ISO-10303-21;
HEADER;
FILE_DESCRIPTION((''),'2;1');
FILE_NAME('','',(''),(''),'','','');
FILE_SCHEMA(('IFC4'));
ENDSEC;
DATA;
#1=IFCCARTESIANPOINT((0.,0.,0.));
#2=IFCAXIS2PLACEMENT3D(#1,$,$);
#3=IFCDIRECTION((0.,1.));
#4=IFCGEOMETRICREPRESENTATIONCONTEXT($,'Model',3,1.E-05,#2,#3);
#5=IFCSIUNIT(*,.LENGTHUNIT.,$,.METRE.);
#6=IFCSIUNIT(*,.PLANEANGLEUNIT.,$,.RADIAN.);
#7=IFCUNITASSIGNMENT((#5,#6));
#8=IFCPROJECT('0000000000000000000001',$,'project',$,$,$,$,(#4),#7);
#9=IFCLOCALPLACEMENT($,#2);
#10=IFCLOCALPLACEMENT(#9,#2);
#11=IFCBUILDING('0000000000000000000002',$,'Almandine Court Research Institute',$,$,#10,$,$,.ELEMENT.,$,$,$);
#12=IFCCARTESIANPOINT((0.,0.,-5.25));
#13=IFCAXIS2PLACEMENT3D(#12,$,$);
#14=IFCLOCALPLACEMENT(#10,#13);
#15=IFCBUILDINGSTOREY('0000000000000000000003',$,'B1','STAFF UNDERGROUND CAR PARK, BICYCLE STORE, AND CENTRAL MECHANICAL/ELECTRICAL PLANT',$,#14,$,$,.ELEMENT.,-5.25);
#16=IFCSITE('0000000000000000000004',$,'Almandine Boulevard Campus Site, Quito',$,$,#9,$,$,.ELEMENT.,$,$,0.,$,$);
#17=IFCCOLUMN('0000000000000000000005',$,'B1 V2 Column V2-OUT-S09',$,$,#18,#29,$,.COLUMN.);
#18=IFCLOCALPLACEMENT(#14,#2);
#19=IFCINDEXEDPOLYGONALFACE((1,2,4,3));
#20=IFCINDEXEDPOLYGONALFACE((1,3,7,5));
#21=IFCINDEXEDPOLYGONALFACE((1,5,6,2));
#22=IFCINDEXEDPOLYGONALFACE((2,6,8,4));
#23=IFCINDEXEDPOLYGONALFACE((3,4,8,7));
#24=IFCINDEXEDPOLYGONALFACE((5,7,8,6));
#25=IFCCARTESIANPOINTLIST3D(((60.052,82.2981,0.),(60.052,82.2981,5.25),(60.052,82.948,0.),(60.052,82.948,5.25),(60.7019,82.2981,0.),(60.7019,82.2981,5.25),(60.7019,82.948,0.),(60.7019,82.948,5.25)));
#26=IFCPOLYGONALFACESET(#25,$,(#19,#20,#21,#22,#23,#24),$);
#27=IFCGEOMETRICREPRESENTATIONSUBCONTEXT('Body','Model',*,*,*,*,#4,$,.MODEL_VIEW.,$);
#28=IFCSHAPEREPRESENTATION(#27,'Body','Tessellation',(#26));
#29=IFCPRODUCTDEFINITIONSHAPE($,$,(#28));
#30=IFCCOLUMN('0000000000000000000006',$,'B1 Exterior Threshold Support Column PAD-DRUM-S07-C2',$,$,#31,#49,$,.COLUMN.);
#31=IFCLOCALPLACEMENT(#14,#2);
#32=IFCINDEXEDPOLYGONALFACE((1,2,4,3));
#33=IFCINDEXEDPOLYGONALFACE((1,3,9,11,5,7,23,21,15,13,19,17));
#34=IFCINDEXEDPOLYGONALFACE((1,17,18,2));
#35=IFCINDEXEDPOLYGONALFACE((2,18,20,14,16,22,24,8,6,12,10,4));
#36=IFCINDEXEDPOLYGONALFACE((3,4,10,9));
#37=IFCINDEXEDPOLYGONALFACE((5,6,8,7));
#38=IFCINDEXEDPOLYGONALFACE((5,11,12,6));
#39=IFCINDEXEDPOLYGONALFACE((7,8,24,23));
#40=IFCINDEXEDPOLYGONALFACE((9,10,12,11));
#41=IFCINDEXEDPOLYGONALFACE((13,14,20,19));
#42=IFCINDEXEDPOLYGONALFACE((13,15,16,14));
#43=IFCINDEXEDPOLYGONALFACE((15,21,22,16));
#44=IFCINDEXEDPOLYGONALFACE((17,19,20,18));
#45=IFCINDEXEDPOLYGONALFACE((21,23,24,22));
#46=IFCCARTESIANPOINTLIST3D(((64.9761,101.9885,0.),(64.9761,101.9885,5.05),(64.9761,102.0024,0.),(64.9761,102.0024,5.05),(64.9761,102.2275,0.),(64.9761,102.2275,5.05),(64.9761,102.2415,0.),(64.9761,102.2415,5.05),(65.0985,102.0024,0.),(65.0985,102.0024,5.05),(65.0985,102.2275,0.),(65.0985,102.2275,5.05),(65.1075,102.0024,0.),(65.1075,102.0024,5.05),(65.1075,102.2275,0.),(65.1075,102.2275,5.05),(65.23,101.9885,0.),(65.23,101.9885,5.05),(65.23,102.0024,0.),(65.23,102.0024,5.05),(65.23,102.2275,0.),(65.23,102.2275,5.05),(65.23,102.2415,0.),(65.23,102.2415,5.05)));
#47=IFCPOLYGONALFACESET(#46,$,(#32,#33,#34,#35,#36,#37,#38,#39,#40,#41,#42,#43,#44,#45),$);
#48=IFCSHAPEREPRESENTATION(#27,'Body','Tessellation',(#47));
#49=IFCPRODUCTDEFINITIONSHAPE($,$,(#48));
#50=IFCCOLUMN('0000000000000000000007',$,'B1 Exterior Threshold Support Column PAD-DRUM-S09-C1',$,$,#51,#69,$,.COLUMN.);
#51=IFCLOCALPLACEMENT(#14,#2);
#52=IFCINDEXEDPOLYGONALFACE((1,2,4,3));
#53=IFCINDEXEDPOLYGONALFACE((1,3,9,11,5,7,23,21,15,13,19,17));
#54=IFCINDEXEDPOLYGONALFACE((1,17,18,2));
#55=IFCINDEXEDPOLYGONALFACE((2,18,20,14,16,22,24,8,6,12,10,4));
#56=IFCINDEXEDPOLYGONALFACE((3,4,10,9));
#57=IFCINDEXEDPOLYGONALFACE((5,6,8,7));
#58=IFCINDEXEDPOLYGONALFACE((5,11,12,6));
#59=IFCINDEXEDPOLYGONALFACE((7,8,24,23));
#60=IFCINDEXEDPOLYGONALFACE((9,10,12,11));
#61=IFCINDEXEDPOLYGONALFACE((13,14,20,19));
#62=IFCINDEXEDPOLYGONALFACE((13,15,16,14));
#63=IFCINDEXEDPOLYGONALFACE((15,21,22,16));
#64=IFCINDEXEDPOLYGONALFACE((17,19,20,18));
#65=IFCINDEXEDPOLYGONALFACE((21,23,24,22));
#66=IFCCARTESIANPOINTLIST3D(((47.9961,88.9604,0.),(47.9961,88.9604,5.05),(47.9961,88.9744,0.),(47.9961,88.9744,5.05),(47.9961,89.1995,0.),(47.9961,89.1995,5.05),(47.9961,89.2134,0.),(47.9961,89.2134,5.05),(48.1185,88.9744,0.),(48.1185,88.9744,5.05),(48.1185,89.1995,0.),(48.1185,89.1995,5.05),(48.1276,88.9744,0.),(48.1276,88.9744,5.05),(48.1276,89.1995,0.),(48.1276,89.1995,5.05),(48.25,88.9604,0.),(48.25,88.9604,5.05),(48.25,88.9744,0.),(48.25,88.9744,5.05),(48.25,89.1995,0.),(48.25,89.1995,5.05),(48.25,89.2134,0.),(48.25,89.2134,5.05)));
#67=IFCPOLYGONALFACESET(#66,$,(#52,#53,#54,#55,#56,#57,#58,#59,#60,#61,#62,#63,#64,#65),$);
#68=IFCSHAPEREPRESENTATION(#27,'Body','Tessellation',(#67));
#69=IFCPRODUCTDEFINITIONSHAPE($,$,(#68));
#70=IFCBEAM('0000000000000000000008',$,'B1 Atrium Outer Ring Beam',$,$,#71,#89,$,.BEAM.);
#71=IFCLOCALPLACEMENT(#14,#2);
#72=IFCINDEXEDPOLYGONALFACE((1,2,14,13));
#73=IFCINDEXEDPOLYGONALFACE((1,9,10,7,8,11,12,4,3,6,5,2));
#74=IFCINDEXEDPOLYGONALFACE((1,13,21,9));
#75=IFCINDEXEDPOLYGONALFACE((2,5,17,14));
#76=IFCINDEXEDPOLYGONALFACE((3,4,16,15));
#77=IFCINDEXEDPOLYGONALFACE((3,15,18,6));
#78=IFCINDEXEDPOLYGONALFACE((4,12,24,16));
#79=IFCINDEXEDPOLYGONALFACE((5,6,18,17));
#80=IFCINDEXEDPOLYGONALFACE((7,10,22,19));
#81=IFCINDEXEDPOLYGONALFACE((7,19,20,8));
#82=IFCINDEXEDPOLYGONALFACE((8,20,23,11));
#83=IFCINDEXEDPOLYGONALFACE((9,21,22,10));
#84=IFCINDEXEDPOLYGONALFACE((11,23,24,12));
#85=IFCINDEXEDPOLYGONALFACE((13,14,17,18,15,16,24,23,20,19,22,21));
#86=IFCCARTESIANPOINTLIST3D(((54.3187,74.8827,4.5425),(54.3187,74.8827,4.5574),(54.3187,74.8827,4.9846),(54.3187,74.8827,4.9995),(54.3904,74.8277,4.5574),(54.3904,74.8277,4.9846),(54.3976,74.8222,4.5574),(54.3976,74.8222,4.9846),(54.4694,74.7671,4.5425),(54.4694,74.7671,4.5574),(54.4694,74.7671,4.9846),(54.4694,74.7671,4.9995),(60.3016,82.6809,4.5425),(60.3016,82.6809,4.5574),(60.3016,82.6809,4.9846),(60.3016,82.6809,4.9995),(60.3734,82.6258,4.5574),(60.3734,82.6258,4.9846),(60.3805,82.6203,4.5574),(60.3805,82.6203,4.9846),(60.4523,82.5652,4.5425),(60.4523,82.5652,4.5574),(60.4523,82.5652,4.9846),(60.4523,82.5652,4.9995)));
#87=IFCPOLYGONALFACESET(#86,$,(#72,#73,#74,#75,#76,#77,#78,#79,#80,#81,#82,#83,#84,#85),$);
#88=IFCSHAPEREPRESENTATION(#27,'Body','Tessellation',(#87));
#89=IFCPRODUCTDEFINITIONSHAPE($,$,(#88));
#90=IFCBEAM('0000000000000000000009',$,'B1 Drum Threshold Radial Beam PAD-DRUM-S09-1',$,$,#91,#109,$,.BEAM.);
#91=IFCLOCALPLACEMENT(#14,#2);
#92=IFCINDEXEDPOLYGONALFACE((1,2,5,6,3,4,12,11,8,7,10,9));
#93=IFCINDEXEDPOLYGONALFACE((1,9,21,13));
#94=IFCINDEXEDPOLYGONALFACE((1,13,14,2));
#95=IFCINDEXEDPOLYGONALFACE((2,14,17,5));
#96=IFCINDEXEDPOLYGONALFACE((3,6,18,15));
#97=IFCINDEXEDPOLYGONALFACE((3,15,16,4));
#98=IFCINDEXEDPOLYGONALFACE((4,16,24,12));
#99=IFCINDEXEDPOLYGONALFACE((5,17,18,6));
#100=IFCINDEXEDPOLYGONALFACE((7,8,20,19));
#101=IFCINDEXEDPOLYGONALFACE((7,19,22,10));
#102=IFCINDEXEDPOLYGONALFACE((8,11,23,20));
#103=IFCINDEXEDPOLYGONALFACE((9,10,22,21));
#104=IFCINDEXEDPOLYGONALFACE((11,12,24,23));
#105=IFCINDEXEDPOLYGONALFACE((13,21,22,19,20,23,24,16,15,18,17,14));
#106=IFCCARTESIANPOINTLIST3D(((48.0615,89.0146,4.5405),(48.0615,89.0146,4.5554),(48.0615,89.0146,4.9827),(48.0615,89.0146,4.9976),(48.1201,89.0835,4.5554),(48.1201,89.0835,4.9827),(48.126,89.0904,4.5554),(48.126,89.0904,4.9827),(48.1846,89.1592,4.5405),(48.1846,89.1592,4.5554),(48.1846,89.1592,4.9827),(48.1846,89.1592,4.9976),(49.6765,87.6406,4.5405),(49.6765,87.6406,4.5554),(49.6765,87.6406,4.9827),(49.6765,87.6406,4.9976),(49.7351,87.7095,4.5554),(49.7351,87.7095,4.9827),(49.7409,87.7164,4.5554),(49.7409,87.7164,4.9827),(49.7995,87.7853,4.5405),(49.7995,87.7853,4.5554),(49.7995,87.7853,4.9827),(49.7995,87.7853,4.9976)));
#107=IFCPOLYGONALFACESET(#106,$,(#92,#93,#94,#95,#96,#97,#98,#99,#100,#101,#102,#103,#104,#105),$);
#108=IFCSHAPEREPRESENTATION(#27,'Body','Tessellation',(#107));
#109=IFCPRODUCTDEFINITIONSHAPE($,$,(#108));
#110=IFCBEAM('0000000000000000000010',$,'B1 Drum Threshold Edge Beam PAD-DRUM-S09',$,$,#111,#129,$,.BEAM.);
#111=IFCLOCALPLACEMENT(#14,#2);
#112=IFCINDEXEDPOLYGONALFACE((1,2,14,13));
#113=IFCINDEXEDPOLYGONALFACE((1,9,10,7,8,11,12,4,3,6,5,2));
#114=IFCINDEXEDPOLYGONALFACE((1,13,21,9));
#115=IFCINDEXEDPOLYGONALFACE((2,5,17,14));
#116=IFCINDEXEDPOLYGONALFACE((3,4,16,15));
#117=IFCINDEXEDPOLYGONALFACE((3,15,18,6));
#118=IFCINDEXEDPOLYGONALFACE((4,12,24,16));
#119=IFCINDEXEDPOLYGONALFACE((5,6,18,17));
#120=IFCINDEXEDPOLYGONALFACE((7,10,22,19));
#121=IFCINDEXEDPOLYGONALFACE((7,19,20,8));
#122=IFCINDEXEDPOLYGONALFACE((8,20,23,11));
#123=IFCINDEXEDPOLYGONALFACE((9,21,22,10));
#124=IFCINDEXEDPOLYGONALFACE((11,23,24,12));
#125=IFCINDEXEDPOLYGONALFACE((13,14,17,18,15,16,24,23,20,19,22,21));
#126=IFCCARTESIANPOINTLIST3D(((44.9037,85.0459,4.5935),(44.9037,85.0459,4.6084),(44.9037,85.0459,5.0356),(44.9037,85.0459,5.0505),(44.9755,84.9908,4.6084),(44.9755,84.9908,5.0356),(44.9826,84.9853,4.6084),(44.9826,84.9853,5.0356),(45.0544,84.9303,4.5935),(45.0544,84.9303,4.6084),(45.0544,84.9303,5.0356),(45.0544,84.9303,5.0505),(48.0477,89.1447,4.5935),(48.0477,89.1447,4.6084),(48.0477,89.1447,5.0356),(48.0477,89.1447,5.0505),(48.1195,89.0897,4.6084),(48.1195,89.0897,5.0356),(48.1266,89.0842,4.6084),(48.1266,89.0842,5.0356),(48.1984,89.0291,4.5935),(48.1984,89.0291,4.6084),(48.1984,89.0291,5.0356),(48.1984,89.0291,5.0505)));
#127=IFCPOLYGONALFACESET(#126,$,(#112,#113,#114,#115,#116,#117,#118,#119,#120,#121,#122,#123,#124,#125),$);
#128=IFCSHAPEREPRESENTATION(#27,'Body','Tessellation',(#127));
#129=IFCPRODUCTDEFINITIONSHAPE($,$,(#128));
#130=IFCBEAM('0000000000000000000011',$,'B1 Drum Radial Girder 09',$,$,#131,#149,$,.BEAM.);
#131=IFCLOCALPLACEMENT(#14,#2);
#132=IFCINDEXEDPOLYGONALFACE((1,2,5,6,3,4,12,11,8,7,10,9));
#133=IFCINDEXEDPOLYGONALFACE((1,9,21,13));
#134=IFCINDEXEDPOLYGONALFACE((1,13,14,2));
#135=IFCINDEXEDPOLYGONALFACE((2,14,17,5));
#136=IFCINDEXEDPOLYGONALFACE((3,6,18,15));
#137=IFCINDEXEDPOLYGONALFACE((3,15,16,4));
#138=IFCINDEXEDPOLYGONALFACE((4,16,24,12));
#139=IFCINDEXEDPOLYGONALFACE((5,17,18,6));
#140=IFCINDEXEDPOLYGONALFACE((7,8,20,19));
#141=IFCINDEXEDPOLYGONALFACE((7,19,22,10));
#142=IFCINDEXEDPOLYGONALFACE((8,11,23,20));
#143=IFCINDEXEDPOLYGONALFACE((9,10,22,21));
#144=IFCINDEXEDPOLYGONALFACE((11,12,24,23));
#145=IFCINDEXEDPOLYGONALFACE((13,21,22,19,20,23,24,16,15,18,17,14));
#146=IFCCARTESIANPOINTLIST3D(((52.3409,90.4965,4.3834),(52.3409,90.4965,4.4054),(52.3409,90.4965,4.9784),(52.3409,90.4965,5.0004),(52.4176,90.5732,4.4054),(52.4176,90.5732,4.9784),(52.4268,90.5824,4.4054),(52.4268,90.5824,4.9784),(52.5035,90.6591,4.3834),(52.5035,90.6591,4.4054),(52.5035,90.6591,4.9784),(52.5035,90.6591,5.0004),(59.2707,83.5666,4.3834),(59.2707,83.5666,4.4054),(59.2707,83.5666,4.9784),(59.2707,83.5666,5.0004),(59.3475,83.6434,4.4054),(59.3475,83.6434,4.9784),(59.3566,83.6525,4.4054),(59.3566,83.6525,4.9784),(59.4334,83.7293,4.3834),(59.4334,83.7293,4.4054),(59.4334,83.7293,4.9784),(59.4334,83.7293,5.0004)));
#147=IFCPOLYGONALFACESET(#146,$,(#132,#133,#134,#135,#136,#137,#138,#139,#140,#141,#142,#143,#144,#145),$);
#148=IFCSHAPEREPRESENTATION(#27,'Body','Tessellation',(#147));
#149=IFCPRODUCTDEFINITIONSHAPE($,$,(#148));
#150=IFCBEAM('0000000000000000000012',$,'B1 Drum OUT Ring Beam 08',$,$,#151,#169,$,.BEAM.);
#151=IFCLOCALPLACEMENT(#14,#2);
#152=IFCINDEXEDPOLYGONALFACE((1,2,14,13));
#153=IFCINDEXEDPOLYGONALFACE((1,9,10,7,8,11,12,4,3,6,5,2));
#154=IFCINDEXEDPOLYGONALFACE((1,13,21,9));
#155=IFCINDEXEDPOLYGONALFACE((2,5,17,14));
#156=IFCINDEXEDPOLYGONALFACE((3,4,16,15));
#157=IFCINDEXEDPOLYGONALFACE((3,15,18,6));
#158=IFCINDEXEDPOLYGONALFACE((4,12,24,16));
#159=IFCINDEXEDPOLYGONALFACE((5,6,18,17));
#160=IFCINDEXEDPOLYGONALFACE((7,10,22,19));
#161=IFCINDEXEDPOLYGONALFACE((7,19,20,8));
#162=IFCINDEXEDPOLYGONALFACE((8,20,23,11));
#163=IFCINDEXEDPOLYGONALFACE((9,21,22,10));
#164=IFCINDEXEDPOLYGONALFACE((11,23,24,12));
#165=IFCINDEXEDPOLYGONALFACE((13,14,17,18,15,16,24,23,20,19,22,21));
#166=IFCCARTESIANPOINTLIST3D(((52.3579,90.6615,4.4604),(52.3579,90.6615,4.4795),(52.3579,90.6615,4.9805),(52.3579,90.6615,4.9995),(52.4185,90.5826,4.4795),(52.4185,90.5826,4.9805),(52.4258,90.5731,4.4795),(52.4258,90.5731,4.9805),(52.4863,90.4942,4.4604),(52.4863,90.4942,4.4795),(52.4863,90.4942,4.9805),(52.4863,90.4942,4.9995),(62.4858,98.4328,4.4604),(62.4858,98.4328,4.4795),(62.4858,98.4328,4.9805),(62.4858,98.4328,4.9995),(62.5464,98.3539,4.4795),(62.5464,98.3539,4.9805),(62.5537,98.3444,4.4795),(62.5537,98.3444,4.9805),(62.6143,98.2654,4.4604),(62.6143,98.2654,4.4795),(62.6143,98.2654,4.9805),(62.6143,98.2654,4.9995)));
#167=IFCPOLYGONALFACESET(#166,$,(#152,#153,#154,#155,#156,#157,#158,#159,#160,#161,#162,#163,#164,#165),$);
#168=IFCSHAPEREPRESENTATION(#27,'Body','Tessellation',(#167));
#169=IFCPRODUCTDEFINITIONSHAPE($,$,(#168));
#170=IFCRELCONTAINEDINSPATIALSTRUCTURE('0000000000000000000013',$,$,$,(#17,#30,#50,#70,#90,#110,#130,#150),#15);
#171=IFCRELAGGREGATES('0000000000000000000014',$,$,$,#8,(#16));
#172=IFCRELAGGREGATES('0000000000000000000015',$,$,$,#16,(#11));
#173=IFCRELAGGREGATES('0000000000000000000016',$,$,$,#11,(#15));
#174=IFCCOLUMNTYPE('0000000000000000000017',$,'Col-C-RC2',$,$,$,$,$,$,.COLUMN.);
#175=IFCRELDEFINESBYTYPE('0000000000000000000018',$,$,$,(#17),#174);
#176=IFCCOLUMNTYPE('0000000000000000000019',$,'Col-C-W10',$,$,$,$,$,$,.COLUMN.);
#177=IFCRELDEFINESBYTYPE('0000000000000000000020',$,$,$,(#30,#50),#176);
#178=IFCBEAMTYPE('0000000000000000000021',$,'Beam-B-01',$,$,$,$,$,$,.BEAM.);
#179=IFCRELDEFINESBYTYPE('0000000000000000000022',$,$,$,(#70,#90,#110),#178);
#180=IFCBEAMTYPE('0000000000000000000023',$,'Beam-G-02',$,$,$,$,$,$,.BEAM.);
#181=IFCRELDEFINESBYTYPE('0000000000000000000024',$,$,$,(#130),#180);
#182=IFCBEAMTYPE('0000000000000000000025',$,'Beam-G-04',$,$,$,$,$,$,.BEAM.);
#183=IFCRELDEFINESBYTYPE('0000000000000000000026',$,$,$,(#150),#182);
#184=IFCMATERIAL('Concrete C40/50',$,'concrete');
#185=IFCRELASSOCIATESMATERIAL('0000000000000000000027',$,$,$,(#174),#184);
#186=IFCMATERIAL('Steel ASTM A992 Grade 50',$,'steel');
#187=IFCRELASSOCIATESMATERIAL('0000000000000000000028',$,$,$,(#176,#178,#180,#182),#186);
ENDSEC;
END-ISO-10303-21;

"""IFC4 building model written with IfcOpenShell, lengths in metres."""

from ifc_helpers import new_model, si_unit, direction, frame, origin, origin_2d, place, context, subcontext, project, spatial, rectangle, i_section, extrude, material, material_profile, profile_set, type_object, element, save


model = new_model("IFC4")

# Units and contexts
model_context = context("Model", 3, precision=1e-05, world=origin(), true_north=direction((0.0, 1.0)))
body_context = subcontext(model_context, "Body", "Model", "MODEL_VIEW")
ifc_project = project(units=[si_unit("LENGTHUNIT", "METRE"), si_unit("PLANEANGLEUNIT", "RADIAN")], contexts=[model_context])

# Site, building, storey
site_placement = place(None, origin())
site = spatial("IfcSite", under=ifc_project, at=site_placement, Name="Almandine Boulevard Campus Site, Quito", CompositionType="ELEMENT", RefElevation=0.0)
building_placement = place(site_placement, origin())
building = spatial("IfcBuilding", under=site, at=building_placement, Name="Almandine Court Research Institute", CompositionType="ELEMENT")
storey_placement = place(building_placement, frame((0.0, 0.0, -5.25)))
storey = spatial("IfcBuildingStorey", under=building, at=storey_placement, Name="B1", Description="STAFF UNDERGROUND CAR PARK, BICYCLE STORE, AND CENTRAL MECHANICAL/ELECTRICAL PLANT", CompositionType="ELEMENT", Elevation=-5.25)

# Columns
ifc_material_1 = material(Name="Concrete C40/50", Category="concrete")
ifc_material_profile_1 = material_profile(ifc_material_1, rectangle(XDim=0.6499, YDim=0.6499, at=origin_2d()), Name="RC 650x650")
ifc_profile_set_1 = profile_set([ifc_material_profile_1], Name="Concrete C40/50")
column_type_1 = type_object("IfcColumnType", Name="Col-C-RC2", PredefinedType="COLUMN", material=ifc_profile_set_1)
for number, where, z_axis, x_axis, name in (
    (1, (60.377, 82.623, 0.0), (0.0, 0.0, 1.0), (1.0, 0.0, 0.0), "B1 V2 Column V2-OUT-S09"),
):
    element("IfcColumn", number, at=place(storey_placement, frame(where, z_axis=z_axis, x_axis=x_axis)), inside=storey, type_object=column_type_1, Name=name, PredefinedType="COLUMN", context=body_context, shape_type="SweptSolid", body=[
        extrude(rectangle(XDim=0.6499, YDim=0.6499, at=origin_2d()), origin(), (0.0, 0.0, 1.0), 5.25),
    ])
ifc_material_2 = material(Name="Steel ASTM A992 Grade 50", Category="steel")
ifc_material_profile_2 = material_profile(ifc_material_2, i_section(OverallWidth=0.2539, OverallDepth=0.2529, WebThickness=0.009, FlangeThickness=0.0139, at=origin_2d()), Name="W250x73")
ifc_profile_set_2 = profile_set([ifc_material_profile_2], Name="Steel ASTM A992 Grade 50")
column_type_2 = type_object("IfcColumnType", Name="Col-C-W10", PredefinedType="COLUMN", material=ifc_profile_set_2)
for number, where, z_axis, x_axis, name in (
    (2, (65.103, 102.115, 0.0), (0.0, 0.0, 1.0), (1.0, 0.0, 0.0), "B1 Exterior Threshold Support Column PAD-DRUM-S07-C2"),
    (3, (48.123, 89.0869, 0.0), (0.0, 0.0, 1.0), (1.0, 0.0, 0.0), "B1 Exterior Threshold Support Column PAD-DRUM-S09-C1"),
):
    element("IfcColumn", number, at=place(storey_placement, frame(where, z_axis=z_axis, x_axis=x_axis)), inside=storey, type_object=column_type_2, Name=name, PredefinedType="COLUMN", context=body_context, shape_type="SweptSolid", body=[
        extrude(i_section(OverallWidth=0.2539, OverallDepth=0.2529, WebThickness=0.009, FlangeThickness=0.0139, at=origin_2d()), origin(), (0.0, 0.0, 1.0), 5.05),
    ])

# Beams
ifc_material_profile_3 = material_profile(ifc_material_2, i_section(OverallWidth=0.1899, OverallDepth=0.457, WebThickness=0.009, FlangeThickness=0.0149, at=origin_2d()), Name="W460x74")
ifc_profile_set_3 = profile_set([ifc_material_profile_3], Name="Steel ASTM A992 Grade 50")
beam_type_1 = type_object("IfcBeamType", Name="Beam-B-01", PredefinedType="BEAM", material=ifc_profile_set_3)
beam_1_placement = place(storey_placement, frame((60.377, 82.623, 4.771), z_axis=(-0.608712, -0.793392, 0.0), x_axis=(0.793392, -0.608712, 0.0)))
element("IfcBeam", 4, at=beam_1_placement, inside=storey, type_object=beam_type_1, Name="B1 Atrium Outer Ring Beam", PredefinedType="BEAM", context=body_context, shape_type="SweptSolid", body=[
    extrude(i_section(OverallWidth=0.1899, OverallDepth=0.457, WebThickness=0.009, FlangeThickness=0.0149, at=origin_2d()), origin(), (0.0, 0.0, 1.0), 9.8289),
])
beam_2_placement = place(storey_placement, frame((48.123, 89.0869, 4.769), z_axis=(0.761641, -0.647999, 0.0), x_axis=(0.647999, 0.761641, 0.0)))
element("IfcBeam", 5, at=beam_2_placement, inside=storey, type_object=beam_type_1, Name="B1 Drum Threshold Radial Beam PAD-DRUM-S09-1", PredefinedType="BEAM", context=body_context, shape_type="SweptSolid", body=[
    extrude(i_section(OverallWidth=0.1899, OverallDepth=0.457, WebThickness=0.009, FlangeThickness=0.0149, at=origin_2d()), origin(), (0.0, 0.0, 1.0), 2.1204),
])
beam_3_placement = place(storey_placement, frame((48.123, 89.0869, 4.822), z_axis=(-0.608623, -0.79346, 0.0), x_axis=(0.79346, -0.608623, 0.0)))
element("IfcBeam", 6, at=beam_3_placement, inside=storey, type_object=beam_type_1, Name="B1 Drum Threshold Edge Beam PAD-DRUM-S09", PredefinedType="BEAM", context=body_context, shape_type="SweptSolid", body=[
    extrude(i_section(OverallWidth=0.1899, OverallDepth=0.457, WebThickness=0.009, FlangeThickness=0.0149, at=origin_2d()), origin(), (0.0, 0.0, 1.0), 5.1658),
])
ifc_material_profile_4 = material_profile(ifc_material_2, i_section(OverallWidth=0.23, OverallDepth=0.6169, WebThickness=0.0129, FlangeThickness=0.022, at=origin_2d()), Name="W610x140")
ifc_profile_set_4 = profile_set([ifc_material_profile_4], Name="Steel ASTM A992 Grade 50")
beam_type_2 = type_object("IfcBeamType", Name="Beam-G-02", PredefinedType="BEAM", material=ifc_profile_set_4)
beam_4_placement = place(storey_placement, frame((59.3521, 83.6479, 4.6919), z_axis=(-0.707107, 0.707107, 0.0), x_axis=(-0.707107, -0.707107, 0.0)))
element("IfcBeam", 7, at=beam_4_placement, inside=storey, type_object=beam_type_2, Name="B1 Drum Radial Girder 09", PredefinedType="BEAM", context=body_context, shape_type="SweptSolid", body=[
    extrude(i_section(OverallWidth=0.23, OverallDepth=0.6169, WebThickness=0.0129, FlangeThickness=0.022, at=origin_2d()), origin(), (0.0, 0.0, 1.0), 9.8003),
])
ifc_material_profile_5 = material_profile(ifc_material_2, i_section(OverallWidth=0.2109, OverallDepth=0.5391, WebThickness=0.012, FlangeThickness=0.019, at=origin_2d()), Name="W530x109")
ifc_profile_set_5 = profile_set([ifc_material_profile_5], Name="Steel ASTM A992 Grade 50")
beam_type_3 = type_object("IfcBeamType", Name="Beam-G-04", PredefinedType="BEAM", material=ifc_profile_set_5)
beam_5_placement = place(storey_placement, frame((62.55, 98.3491, 4.73), z_axis=(-0.793361, -0.608752, 0.0), x_axis=(0.608752, -0.793361, 0.0)))
element("IfcBeam", 8, at=beam_5_placement, inside=storey, type_object=beam_type_3, Name="B1 Drum OUT Ring Beam 08", PredefinedType="BEAM", context=body_context, shape_type="SweptSolid", body=[
    extrude(i_section(OverallWidth=0.2109, OverallDepth=0.5391, WebThickness=0.012, FlangeThickness=0.019, at=origin_2d()), origin(), (0.0, 0.0, 1.0), 12.7659),
])

save(model, "model.ifc")
